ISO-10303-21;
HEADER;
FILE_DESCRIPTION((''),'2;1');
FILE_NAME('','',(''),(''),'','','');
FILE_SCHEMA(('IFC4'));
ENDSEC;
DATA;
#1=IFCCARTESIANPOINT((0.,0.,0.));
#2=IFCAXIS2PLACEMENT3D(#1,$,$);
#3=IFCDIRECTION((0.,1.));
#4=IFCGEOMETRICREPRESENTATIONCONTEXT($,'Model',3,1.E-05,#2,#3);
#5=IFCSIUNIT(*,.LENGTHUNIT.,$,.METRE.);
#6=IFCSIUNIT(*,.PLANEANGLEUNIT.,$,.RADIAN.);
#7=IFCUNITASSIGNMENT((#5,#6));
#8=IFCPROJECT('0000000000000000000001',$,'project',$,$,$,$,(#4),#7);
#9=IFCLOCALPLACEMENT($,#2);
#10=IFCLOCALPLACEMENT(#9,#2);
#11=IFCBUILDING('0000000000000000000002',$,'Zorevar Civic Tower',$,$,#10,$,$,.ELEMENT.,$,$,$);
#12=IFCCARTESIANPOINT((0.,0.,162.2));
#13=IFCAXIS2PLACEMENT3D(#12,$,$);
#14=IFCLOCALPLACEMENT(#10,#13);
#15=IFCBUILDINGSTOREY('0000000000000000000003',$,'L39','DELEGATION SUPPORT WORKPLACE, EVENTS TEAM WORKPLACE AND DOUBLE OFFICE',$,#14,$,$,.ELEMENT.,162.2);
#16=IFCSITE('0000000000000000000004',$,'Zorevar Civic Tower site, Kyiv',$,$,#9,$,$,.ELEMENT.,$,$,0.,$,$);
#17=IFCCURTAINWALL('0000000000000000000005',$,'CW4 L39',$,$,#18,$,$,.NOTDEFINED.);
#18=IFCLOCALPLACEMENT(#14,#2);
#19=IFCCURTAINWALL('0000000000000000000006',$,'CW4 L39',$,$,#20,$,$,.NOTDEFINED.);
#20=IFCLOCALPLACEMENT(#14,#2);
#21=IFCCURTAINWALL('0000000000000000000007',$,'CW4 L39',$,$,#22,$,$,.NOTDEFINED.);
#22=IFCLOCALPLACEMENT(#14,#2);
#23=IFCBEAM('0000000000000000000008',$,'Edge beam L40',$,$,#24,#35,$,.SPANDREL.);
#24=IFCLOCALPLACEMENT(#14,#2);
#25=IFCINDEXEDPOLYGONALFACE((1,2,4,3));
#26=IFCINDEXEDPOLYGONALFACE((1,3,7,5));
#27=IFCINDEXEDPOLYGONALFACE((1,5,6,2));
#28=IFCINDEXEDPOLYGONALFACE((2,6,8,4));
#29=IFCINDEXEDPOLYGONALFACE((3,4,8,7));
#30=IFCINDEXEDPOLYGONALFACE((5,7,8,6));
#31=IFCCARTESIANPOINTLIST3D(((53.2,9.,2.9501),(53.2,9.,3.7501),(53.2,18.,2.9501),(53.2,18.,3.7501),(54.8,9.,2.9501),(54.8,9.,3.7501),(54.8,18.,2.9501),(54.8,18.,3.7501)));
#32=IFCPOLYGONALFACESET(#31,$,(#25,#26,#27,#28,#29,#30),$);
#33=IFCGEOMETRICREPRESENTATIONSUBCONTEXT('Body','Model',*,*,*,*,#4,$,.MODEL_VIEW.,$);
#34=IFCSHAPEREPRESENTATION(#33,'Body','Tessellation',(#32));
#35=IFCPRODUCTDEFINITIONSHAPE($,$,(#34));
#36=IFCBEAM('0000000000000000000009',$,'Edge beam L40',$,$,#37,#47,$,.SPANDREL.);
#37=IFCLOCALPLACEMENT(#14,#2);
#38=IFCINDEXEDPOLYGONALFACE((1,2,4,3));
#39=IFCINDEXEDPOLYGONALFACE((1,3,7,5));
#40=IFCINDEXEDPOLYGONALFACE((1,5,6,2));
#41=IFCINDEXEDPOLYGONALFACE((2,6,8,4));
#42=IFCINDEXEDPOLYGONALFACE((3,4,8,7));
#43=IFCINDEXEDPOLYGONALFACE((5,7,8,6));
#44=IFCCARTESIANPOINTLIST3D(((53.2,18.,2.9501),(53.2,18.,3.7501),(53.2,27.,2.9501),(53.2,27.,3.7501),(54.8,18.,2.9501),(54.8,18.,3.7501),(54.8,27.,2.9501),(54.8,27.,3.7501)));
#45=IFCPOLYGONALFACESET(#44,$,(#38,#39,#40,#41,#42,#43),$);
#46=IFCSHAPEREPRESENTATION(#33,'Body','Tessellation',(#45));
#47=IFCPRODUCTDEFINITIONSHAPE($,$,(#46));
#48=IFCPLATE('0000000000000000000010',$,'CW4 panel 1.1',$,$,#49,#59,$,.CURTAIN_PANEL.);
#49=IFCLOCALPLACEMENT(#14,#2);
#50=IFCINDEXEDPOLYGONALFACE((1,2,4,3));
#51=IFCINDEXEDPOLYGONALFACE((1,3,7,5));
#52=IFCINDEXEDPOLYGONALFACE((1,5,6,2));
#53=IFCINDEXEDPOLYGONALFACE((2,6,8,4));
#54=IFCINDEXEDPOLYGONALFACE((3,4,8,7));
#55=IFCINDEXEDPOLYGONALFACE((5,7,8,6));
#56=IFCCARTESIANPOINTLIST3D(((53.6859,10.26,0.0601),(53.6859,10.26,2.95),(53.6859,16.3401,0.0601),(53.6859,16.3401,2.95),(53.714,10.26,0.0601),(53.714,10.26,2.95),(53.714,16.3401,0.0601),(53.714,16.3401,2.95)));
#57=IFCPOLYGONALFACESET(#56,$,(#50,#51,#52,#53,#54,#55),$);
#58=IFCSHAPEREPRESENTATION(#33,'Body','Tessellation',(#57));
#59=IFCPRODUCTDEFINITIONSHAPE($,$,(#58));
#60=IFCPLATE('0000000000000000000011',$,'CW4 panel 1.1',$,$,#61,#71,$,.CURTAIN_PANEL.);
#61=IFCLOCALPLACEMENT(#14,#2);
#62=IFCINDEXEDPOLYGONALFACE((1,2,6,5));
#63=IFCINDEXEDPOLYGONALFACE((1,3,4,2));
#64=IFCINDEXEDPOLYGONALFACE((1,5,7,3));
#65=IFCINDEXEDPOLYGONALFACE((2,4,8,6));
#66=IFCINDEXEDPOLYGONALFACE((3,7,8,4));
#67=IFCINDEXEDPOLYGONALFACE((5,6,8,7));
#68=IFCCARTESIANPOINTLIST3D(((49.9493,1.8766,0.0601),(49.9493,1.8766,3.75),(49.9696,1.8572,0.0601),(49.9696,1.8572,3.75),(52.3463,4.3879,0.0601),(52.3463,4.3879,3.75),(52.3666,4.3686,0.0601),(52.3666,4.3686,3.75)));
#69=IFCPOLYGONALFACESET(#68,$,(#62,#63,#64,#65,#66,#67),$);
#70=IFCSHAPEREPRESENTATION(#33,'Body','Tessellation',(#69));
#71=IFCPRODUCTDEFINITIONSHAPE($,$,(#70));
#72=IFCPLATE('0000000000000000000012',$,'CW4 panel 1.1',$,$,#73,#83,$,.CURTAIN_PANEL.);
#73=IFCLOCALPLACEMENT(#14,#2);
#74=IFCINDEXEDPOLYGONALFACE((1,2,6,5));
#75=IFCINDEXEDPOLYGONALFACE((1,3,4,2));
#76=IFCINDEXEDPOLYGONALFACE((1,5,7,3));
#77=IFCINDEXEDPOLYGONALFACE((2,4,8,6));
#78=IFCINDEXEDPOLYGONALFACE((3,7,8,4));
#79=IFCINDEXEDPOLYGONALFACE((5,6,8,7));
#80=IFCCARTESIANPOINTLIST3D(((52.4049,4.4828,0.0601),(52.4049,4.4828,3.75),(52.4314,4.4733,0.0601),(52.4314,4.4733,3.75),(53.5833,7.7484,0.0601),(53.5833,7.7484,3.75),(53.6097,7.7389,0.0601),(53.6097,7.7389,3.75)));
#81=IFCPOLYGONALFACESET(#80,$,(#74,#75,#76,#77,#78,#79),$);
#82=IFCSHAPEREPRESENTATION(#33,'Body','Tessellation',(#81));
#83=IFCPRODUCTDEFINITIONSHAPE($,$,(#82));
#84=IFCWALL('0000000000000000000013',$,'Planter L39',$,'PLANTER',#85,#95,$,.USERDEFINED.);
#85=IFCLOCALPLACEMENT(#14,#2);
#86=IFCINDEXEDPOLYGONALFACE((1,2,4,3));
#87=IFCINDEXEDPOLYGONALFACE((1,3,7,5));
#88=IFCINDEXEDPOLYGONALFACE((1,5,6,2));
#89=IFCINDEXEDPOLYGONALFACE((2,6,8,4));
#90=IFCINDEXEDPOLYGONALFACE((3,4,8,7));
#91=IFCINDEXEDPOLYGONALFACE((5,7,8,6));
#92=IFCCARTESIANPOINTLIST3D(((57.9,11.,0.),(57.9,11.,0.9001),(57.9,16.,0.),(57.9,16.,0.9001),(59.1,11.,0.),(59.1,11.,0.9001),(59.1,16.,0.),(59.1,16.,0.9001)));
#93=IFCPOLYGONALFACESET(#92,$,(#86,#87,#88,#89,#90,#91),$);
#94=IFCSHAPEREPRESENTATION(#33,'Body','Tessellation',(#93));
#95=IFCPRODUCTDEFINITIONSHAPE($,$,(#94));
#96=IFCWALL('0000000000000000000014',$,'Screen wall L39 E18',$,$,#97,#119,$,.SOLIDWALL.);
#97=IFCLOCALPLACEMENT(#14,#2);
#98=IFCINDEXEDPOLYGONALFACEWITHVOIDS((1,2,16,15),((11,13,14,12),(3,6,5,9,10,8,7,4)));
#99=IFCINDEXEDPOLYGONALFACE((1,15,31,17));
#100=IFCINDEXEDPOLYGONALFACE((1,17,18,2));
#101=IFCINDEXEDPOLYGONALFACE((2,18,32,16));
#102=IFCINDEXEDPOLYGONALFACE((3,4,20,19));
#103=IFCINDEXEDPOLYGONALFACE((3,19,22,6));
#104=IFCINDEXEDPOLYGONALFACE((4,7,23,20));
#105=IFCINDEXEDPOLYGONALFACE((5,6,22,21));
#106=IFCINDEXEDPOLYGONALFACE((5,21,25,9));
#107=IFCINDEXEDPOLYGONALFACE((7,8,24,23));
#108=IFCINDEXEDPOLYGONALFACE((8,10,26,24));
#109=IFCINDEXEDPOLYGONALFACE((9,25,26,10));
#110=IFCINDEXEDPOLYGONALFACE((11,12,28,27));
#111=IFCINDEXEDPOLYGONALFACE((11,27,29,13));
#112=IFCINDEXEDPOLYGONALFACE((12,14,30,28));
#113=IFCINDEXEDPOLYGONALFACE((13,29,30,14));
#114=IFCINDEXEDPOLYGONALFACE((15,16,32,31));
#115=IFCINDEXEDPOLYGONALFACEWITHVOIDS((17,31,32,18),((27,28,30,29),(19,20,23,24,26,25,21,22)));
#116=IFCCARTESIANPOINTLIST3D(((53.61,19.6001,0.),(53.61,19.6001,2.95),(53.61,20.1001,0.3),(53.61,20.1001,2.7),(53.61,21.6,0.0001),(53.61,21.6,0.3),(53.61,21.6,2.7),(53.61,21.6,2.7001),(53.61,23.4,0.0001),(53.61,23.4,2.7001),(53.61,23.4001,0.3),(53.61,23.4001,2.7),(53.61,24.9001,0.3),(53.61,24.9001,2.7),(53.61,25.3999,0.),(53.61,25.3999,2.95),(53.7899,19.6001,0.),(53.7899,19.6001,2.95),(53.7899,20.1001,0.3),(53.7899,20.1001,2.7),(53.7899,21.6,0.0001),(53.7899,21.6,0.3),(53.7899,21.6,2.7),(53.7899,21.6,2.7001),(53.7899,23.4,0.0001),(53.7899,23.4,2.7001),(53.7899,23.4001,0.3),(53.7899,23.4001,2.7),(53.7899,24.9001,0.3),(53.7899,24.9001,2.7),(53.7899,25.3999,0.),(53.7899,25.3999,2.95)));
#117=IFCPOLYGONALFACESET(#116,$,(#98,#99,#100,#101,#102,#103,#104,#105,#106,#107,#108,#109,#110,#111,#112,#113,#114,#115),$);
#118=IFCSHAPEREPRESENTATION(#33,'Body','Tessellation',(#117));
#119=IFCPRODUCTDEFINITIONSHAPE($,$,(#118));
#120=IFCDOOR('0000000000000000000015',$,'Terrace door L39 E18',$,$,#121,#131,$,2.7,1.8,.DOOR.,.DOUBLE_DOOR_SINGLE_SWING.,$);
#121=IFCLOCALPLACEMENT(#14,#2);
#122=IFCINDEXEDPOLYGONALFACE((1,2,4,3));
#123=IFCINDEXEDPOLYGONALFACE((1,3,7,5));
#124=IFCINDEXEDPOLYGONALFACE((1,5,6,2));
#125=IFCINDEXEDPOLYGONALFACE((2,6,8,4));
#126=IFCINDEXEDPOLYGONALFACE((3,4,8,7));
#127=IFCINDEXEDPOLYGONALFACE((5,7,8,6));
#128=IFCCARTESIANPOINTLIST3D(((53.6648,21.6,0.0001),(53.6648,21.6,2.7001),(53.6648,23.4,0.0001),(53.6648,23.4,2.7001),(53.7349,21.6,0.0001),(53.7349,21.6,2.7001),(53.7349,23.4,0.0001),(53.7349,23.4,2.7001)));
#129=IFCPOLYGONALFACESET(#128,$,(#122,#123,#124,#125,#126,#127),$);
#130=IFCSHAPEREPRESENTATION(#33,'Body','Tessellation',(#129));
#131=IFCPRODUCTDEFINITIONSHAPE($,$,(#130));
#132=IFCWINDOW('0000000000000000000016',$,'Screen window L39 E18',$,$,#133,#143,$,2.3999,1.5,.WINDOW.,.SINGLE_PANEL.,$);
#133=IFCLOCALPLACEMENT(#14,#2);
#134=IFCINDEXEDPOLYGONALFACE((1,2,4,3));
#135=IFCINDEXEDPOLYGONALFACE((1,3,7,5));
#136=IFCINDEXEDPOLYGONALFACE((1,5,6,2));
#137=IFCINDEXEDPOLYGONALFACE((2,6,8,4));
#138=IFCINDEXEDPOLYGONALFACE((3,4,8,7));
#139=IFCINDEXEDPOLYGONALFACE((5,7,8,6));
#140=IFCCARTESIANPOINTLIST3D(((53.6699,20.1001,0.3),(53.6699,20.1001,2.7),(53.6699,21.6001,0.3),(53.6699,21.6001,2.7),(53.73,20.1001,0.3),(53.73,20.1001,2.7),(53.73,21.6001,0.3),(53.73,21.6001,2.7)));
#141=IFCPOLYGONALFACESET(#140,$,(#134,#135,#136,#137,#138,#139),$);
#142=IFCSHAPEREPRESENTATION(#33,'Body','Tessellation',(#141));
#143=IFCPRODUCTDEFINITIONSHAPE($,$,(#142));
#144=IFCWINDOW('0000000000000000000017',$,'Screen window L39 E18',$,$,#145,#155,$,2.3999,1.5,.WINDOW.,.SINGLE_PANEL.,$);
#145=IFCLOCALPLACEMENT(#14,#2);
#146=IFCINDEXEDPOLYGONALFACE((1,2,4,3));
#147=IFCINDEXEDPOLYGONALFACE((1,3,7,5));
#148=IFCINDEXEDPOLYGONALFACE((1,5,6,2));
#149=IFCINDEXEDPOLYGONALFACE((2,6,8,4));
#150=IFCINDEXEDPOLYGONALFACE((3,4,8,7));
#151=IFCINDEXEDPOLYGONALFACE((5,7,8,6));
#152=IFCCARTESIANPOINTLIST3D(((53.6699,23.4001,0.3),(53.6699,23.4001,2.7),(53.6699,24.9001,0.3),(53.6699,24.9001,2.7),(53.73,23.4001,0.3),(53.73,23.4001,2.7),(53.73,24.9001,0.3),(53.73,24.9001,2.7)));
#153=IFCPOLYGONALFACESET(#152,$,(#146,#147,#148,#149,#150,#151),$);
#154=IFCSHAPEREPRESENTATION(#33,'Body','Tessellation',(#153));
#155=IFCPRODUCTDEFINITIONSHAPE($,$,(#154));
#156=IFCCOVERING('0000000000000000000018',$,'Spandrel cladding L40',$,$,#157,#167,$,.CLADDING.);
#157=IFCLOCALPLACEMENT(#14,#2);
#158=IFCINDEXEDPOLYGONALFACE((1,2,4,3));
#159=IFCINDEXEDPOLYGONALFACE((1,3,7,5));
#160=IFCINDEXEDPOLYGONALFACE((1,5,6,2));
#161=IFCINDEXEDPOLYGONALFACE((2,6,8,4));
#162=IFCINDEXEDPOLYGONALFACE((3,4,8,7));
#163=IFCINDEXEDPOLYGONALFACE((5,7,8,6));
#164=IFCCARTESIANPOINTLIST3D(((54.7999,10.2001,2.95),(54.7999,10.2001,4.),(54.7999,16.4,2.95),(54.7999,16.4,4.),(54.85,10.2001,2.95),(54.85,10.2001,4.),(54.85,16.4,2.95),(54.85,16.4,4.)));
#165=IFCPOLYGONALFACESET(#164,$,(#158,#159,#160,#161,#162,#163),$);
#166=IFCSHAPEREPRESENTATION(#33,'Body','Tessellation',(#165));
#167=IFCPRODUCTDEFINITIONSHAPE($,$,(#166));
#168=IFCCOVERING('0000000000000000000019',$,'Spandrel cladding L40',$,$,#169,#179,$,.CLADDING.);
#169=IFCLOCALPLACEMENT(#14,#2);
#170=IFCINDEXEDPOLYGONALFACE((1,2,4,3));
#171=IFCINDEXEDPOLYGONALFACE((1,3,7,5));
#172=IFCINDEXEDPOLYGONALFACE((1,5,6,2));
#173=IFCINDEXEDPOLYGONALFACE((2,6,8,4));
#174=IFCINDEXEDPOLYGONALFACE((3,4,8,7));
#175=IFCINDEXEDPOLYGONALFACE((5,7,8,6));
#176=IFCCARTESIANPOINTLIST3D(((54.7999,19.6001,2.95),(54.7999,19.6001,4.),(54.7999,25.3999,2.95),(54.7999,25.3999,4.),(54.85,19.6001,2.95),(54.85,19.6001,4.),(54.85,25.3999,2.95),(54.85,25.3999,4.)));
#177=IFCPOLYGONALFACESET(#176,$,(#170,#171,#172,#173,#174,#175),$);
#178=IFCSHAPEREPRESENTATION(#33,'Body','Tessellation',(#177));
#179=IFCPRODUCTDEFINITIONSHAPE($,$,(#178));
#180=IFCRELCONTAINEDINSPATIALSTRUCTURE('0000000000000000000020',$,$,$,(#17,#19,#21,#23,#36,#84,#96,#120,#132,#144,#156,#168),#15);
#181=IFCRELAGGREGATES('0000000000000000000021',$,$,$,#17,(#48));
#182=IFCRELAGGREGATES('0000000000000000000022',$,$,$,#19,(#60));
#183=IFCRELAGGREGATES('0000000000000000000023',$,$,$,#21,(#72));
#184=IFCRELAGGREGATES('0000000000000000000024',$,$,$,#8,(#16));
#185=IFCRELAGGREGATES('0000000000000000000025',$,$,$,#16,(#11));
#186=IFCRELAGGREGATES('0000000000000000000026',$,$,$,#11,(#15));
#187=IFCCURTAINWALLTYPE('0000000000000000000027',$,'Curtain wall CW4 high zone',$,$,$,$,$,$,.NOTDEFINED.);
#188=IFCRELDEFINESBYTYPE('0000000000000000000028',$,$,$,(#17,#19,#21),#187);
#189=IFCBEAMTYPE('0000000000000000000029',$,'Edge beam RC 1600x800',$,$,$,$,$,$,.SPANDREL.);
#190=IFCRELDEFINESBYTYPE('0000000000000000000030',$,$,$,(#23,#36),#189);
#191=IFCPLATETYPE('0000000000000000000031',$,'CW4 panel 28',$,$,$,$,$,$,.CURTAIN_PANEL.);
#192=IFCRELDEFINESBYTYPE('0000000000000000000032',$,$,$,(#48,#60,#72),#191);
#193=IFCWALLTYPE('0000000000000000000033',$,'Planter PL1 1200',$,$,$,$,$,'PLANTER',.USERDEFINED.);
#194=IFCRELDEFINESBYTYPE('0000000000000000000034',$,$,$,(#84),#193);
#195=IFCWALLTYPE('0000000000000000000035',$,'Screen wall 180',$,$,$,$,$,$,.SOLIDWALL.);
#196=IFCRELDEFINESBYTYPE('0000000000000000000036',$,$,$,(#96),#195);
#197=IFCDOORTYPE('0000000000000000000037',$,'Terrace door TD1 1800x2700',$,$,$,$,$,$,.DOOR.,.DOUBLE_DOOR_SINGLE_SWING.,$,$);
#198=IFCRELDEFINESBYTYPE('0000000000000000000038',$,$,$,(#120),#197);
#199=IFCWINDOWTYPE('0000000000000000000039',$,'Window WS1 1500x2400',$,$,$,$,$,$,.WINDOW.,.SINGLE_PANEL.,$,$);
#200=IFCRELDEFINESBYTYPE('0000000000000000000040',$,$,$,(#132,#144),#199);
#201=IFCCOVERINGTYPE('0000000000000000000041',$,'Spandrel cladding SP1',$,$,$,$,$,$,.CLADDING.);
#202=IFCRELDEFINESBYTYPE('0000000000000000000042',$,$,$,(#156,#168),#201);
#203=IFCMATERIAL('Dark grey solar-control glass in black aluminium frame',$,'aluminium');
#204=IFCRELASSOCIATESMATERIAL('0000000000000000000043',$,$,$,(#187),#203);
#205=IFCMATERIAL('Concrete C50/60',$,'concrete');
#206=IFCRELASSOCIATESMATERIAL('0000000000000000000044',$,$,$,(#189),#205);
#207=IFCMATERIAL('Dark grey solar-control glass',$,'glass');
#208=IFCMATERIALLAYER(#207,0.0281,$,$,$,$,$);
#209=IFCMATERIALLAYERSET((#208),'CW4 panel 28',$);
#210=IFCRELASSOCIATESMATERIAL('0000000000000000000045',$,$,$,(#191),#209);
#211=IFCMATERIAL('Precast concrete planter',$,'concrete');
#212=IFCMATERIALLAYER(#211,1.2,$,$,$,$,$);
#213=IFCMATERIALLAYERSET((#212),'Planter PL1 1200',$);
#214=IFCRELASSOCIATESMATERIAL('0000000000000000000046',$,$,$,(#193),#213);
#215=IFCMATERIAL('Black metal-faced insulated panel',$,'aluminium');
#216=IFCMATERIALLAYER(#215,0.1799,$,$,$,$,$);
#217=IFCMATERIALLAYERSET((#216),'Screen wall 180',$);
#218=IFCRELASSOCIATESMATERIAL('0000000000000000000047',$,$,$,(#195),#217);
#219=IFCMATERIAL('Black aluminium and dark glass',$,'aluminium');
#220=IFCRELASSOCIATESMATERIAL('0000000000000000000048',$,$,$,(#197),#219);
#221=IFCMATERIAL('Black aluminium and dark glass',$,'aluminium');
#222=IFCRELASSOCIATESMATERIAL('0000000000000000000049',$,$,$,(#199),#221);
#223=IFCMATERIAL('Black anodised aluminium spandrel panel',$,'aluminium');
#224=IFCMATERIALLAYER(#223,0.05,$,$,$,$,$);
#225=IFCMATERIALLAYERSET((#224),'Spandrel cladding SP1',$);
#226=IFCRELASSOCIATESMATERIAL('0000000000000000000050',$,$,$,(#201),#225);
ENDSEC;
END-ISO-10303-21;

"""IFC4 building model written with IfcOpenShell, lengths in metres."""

from ifc_helpers import new_model, si_unit, direction, frame, frame_2d, origin, origin_2d, place, context, subcontext, project, spatial, rectangle, extrude, material, layer, layer_set, material_profile, profile_set, type_object, element, fill, aggregate, save


model = new_model("IFC4")

# Units and contexts
model_context = context("Model", 3, precision=1e-05, world=origin(), true_north=direction((0.0, 1.0)))
body_context = subcontext(model_context, "Body", "Model", "MODEL_VIEW")
ifc_project = project(units=[si_unit("LENGTHUNIT", "METRE"), si_unit("PLANEANGLEUNIT", "RADIAN")], contexts=[model_context])

# Site, building, storey
site_placement = place(None, origin())
site = spatial("IfcSite", under=ifc_project, at=site_placement, Name="Zorevar Civic Tower site, Kyiv", CompositionType="ELEMENT", RefElevation=0.0)
building_placement = place(site_placement, origin())
building = spatial("IfcBuilding", under=site, at=building_placement, Name="Zorevar Civic Tower", CompositionType="ELEMENT")
storey_placement = place(building_placement, frame((0.0, 0.0, 162.2)))
storey = spatial("IfcBuildingStorey", under=building, at=storey_placement, Name="L39", Description="DELEGATION SUPPORT WORKPLACE, EVENTS TEAM WORKPLACE AND DOUBLE OFFICE", CompositionType="ELEMENT", Elevation=162.2)

# Curtain walls
ifc_material_1 = material(Name="Dark grey solar-control glass in black aluminium frame", Category="aluminium")
curtain_wall_type = type_object("IfcCurtainWallType", Name="Curtain wall CW4 high zone", PredefinedType="NOTDEFINED", material=ifc_material_1)
curtain_wall_1_placement = place(storey_placement, origin())
curtain_wall_1 = element("IfcCurtainWall", 1, at=curtain_wall_1_placement, inside=storey, type_object=curtain_wall_type, Name="CW4 L39", PredefinedType="NOTDEFINED")
curtain_wall_2_placement = place(storey_placement, origin())
curtain_wall_2 = element("IfcCurtainWall", 2, at=curtain_wall_2_placement, inside=storey, type_object=curtain_wall_type, Name="CW4 L39", PredefinedType="NOTDEFINED")
curtain_wall_3_placement = place(storey_placement, origin())
curtain_wall_3 = element("IfcCurtainWall", 3, at=curtain_wall_3_placement, inside=storey, type_object=curtain_wall_type, Name="CW4 L39", PredefinedType="NOTDEFINED")

# Beams
ifc_material_2 = material(Name="Concrete C50/60", Category="concrete")
ifc_material_profile_1 = material_profile(ifc_material_2, rectangle(XDim=1.6001, YDim=0.8, at=origin_2d()), Name="RC 1600x800")
ifc_profile_set_1 = profile_set([ifc_material_profile_1], Name="Concrete C50/60")
beam_type = type_object("IfcBeamType", Name="Edge beam RC 1600x800", PredefinedType="SPANDREL", material=ifc_profile_set_1)
for number, where, z_axis, x_axis, name in (
    (4, (54.0, 9.0, 3.3501), (0.0, 1.0, 0.0), (-1.0, 0.0, 0.0), "Edge beam L40"),
    (5, (54.0, 18.0, 3.3501), (0.0, 1.0, 0.0), (-1.0, 0.0, 0.0), "Edge beam L40"),
):
    element("IfcBeam", number, at=place(storey_placement, frame(where, z_axis=z_axis, x_axis=x_axis)), inside=storey, type_object=beam_type, Name=name, PredefinedType="SPANDREL", context=body_context, shape_type="SweptSolid", body=[
        extrude(rectangle(XDim=1.6001, YDim=0.8, at=origin_2d()), origin(), (0.0, 0.0, 1.0), 9.0),
    ])

# Plates
ifc_material_3 = material(Name="Dark grey solar-control glass", Category="glass")
ifc_layer_1 = layer(ifc_material_3, 0.0281)
ifc_layer_set_1 = layer_set([ifc_layer_1], Name="CW4 panel 28")
plate_type = type_object("IfcPlateType", Name="CW4 panel 28", PredefinedType="CURTAIN_PANEL", material=ifc_layer_set_1)
plate_1_placement = place(storey_placement, frame((53.7, 13.3, 0.0601), z_axis=(0.0, 0.0, 1.0), x_axis=(0.0, 1.0, 0.0)))
plate_1 = element("IfcPlate", 6, at=plate_1_placement, type_object=plate_type, Name="CW4 panel 1.1", PredefinedType="CURTAIN_PANEL", context=body_context, shape_type="SweptSolid", body=[
    extrude(rectangle(XDim=6.0801, YDim=0.0281, at=origin_2d()), origin(), (0.0, 0.0, 1.0), 2.8899),
])
aggregate(curtain_wall_1, [plate_1])
plate_2_placement = place(storey_placement, frame((51.158, 3.1226, 0.0601), z_axis=(0.0, 0.0, 1.0), x_axis=(0.690437, 0.723393, 0.0)))
plate_2 = element("IfcPlate", 7, at=plate_2_placement, type_object=plate_type, Name="CW4 panel 1.1", PredefinedType="CURTAIN_PANEL", context=body_context, shape_type="SweptSolid", body=[
    extrude(rectangle(XDim=3.4717, YDim=0.0281, at=origin_2d()), origin(), (0.0, 0.0, 1.0), 3.6899),
])
aggregate(curtain_wall_2, [plate_2])
plate_3_placement = place(storey_placement, frame((53.0073, 6.1108, 0.0601), z_axis=(0.0, 0.0, 1.0), x_axis=(0.339415, 0.940637, 0.0)))
plate_3 = element("IfcPlate", 8, at=plate_3_placement, type_object=plate_type, Name="CW4 panel 1.1", PredefinedType="CURTAIN_PANEL", context=body_context, shape_type="SweptSolid", body=[
    extrude(rectangle(XDim=3.4717, YDim=0.0281, at=origin_2d()), origin(), (0.0, 0.0, 1.0), 3.6899),
])
aggregate(curtain_wall_3, [plate_3])

# Wall
ifc_material_4 = material(Name="Precast concrete planter", Category="concrete")
ifc_layer_2 = layer(ifc_material_4, 1.2)
ifc_layer_set_2 = layer_set([ifc_layer_2], Name="Planter PL1 1200")
wall_type_1 = type_object("IfcWallType", Name="Planter PL1 1200", ElementType="PLANTER", PredefinedType="USERDEFINED", material=ifc_layer_set_2)
wall_1_placement = place(storey_placement, frame((58.5, 11.0, 0.0), z_axis=(0.0, 0.0, 1.0), x_axis=(0.0, 1.0, 0.0)))
element("IfcWall", 9, at=wall_1_placement, inside=storey, type_object=wall_type_1, Name="Planter L39", ObjectType="PLANTER", PredefinedType="USERDEFINED", context=body_context, shape_type="SweptSolid", body=[
    extrude(rectangle(XDim=5.0, YDim=1.2, at=frame_2d((2.5, 0.0))), origin(), (0.0, 0.0, 1.0), 0.9001),
])

# Wall, openings, door, windows
ifc_material_5 = material(Name="Black metal-faced insulated panel", Category="aluminium")
ifc_layer_3 = layer(ifc_material_5, 0.1799)
ifc_layer_set_3 = layer_set([ifc_layer_3], Name="Screen wall 180")
wall_type_2 = type_object("IfcWallType", Name="Screen wall 180", PredefinedType="SOLIDWALL", material=ifc_layer_set_3)
wall_2_placement = place(storey_placement, frame((53.7, 19.6001, 0.0), z_axis=(0.0, 0.0, 1.0), x_axis=(0.0, 1.0, 0.0)))
wall_2 = element("IfcWall", 10, at=wall_2_placement, inside=storey, type_object=wall_type_2, Name="Screen wall L39 E18", PredefinedType="SOLIDWALL", context=body_context, shape_type="SweptSolid", body=[
    extrude(rectangle(XDim=5.7998, YDim=0.1799, at=frame_2d((2.8999, 0.0))), origin(), (0.0, 0.0, 1.0), 2.95),
])
opening_1_placement = place(wall_2_placement, frame((2.0, 0.0, 0.0)))
opening_1 = element("IfcOpeningElement", 11, at=opening_1_placement, cuts=wall_2, PredefinedType="OPENING", context=body_context, shape_type="SweptSolid", body=[
    extrude(rectangle(XDim=1.8, YDim=2.7, at=frame_2d((0.8999, 1.3501))), frame((0.0, 0.0999, 0.0), z_axis=(0.0, -1.0, 0.0), x_axis=(1.0, 0.0, 0.0)), (0.0, 0.0, 1.0), 0.2),
])
opening_2_placement = place(wall_2_placement, frame((0.5, 0.0, 0.3)))
opening_2 = element("IfcOpeningElement", 12, at=opening_2_placement, cuts=wall_2, PredefinedType="OPENING", context=body_context, shape_type="SweptSolid", body=[
    extrude(rectangle(XDim=1.5, YDim=2.3999, at=frame_2d((0.75, 1.2))), frame((0.0, 0.0999, 0.0), z_axis=(0.0, -1.0, 0.0), x_axis=(1.0, 0.0, 0.0)), (0.0, 0.0, 1.0), 0.2),
])
opening_3_placement = place(wall_2_placement, frame((3.8, 0.0, 0.3)))
opening_3 = element("IfcOpeningElement", 13, at=opening_3_placement, cuts=wall_2, PredefinedType="OPENING", context=body_context, shape_type="SweptSolid", body=[
    extrude(rectangle(XDim=1.5, YDim=2.3999, at=frame_2d((0.75, 1.2))), frame((0.0, 0.0999, 0.0), z_axis=(0.0, -1.0, 0.0), x_axis=(1.0, 0.0, 0.0)), (0.0, 0.0, 1.0), 0.2),
])
ifc_material_6 = material(Name="Black aluminium and dark glass", Category="aluminium")
door_type = type_object("IfcDoorType", Name="Terrace door TD1 1800x2700", OperationType="DOUBLE_DOOR_SINGLE_SWING", PredefinedType="DOOR", material=ifc_material_6)
door_placement = place(opening_1_placement, origin())
door = element("IfcDoor", 14, at=door_placement, inside=storey, type_object=door_type, Name="Terrace door L39 E18", OperationType="DOUBLE_DOOR_SINGLE_SWING", OverallHeight=2.7, OverallWidth=1.8, PredefinedType="DOOR", context=body_context, shape_type="SweptSolid", body=[
    extrude(rectangle(XDim=1.8, YDim=2.7, at=frame_2d((0.8999, 1.3501))), frame((0.0, 0.0352, 0.0), z_axis=(0.0, -1.0, 0.0), x_axis=(1.0, 0.0, 0.0)), (0.0, 0.0, 1.0), 0.0701),
])
fill(opening_1, door)
ifc_material_7 = material(Name="Black aluminium and dark glass", Category="aluminium")
window_type = type_object("IfcWindowType", Name="Window WS1 1500x2400", PartitioningType="SINGLE_PANEL", PredefinedType="WINDOW", material=ifc_material_7)
window_1_placement = place(opening_2_placement, origin())
window_1 = element("IfcWindow", 15, at=window_1_placement, inside=storey, type_object=window_type, Name="Screen window L39 E18", OverallHeight=2.3999, OverallWidth=1.5, PartitioningType="SINGLE_PANEL", PredefinedType="WINDOW", context=body_context, shape_type="SweptSolid", body=[
    extrude(rectangle(XDim=1.5, YDim=2.3999, at=frame_2d((0.75, 1.2))), frame((0.0, 0.03, 0.0), z_axis=(0.0, -1.0, 0.0), x_axis=(1.0, 0.0, 0.0)), (0.0, 0.0, 1.0), 0.0601),
])
fill(opening_2, window_1)
window_2_placement = place(opening_3_placement, origin())
window_2 = element("IfcWindow", 16, at=window_2_placement, inside=storey, type_object=window_type, Name="Screen window L39 E18", OverallHeight=2.3999, OverallWidth=1.5, PartitioningType="SINGLE_PANEL", PredefinedType="WINDOW", context=body_context, shape_type="SweptSolid", body=[
    extrude(rectangle(XDim=1.5, YDim=2.3999, at=frame_2d((0.75, 1.2))), frame((0.0, 0.03, 0.0), z_axis=(0.0, -1.0, 0.0), x_axis=(1.0, 0.0, 0.0)), (0.0, 0.0, 1.0), 0.0601),
])
fill(opening_3, window_2)

# Coverings
ifc_material_8 = material(Name="Black anodised aluminium spandrel panel", Category="aluminium")
ifc_layer_4 = layer(ifc_material_8, 0.05)
ifc_layer_set_4 = layer_set([ifc_layer_4], Name="Spandrel cladding SP1")
covering_type = type_object("IfcCoveringType", Name="Spandrel cladding SP1", PredefinedType="CLADDING", material=ifc_layer_set_4)
covering_1_placement = place(storey_placement, frame((54.825, 10.2, 2.95), z_axis=(0.0, 0.0, 1.0), x_axis=(0.0, 1.0, 0.0)))
element("IfcCovering", 17, at=covering_1_placement, inside=storey, type_object=covering_type, Name="Spandrel cladding L40", PredefinedType="CLADDING", context=body_context, shape_type="SweptSolid", body=[
    extrude(rectangle(XDim=6.2, YDim=0.05, at=frame_2d((3.1001, 0.0))), origin(), (0.0, 0.0, 1.0), 1.05),
])
covering_2_placement = place(storey_placement, frame((54.825, 19.6001, 2.95), z_axis=(0.0, 0.0, 1.0), x_axis=(0.0, 1.0, 0.0)))
element("IfcCovering", 18, at=covering_2_placement, inside=storey, type_object=covering_type, Name="Spandrel cladding L40", PredefinedType="CLADDING", context=body_context, shape_type="SweptSolid", body=[
    extrude(rectangle(XDim=5.7998, YDim=0.05, at=frame_2d((2.8999, 0.0))), origin(), (0.0, 0.0, 1.0), 1.05),
])

save(model, "model.ifc")
